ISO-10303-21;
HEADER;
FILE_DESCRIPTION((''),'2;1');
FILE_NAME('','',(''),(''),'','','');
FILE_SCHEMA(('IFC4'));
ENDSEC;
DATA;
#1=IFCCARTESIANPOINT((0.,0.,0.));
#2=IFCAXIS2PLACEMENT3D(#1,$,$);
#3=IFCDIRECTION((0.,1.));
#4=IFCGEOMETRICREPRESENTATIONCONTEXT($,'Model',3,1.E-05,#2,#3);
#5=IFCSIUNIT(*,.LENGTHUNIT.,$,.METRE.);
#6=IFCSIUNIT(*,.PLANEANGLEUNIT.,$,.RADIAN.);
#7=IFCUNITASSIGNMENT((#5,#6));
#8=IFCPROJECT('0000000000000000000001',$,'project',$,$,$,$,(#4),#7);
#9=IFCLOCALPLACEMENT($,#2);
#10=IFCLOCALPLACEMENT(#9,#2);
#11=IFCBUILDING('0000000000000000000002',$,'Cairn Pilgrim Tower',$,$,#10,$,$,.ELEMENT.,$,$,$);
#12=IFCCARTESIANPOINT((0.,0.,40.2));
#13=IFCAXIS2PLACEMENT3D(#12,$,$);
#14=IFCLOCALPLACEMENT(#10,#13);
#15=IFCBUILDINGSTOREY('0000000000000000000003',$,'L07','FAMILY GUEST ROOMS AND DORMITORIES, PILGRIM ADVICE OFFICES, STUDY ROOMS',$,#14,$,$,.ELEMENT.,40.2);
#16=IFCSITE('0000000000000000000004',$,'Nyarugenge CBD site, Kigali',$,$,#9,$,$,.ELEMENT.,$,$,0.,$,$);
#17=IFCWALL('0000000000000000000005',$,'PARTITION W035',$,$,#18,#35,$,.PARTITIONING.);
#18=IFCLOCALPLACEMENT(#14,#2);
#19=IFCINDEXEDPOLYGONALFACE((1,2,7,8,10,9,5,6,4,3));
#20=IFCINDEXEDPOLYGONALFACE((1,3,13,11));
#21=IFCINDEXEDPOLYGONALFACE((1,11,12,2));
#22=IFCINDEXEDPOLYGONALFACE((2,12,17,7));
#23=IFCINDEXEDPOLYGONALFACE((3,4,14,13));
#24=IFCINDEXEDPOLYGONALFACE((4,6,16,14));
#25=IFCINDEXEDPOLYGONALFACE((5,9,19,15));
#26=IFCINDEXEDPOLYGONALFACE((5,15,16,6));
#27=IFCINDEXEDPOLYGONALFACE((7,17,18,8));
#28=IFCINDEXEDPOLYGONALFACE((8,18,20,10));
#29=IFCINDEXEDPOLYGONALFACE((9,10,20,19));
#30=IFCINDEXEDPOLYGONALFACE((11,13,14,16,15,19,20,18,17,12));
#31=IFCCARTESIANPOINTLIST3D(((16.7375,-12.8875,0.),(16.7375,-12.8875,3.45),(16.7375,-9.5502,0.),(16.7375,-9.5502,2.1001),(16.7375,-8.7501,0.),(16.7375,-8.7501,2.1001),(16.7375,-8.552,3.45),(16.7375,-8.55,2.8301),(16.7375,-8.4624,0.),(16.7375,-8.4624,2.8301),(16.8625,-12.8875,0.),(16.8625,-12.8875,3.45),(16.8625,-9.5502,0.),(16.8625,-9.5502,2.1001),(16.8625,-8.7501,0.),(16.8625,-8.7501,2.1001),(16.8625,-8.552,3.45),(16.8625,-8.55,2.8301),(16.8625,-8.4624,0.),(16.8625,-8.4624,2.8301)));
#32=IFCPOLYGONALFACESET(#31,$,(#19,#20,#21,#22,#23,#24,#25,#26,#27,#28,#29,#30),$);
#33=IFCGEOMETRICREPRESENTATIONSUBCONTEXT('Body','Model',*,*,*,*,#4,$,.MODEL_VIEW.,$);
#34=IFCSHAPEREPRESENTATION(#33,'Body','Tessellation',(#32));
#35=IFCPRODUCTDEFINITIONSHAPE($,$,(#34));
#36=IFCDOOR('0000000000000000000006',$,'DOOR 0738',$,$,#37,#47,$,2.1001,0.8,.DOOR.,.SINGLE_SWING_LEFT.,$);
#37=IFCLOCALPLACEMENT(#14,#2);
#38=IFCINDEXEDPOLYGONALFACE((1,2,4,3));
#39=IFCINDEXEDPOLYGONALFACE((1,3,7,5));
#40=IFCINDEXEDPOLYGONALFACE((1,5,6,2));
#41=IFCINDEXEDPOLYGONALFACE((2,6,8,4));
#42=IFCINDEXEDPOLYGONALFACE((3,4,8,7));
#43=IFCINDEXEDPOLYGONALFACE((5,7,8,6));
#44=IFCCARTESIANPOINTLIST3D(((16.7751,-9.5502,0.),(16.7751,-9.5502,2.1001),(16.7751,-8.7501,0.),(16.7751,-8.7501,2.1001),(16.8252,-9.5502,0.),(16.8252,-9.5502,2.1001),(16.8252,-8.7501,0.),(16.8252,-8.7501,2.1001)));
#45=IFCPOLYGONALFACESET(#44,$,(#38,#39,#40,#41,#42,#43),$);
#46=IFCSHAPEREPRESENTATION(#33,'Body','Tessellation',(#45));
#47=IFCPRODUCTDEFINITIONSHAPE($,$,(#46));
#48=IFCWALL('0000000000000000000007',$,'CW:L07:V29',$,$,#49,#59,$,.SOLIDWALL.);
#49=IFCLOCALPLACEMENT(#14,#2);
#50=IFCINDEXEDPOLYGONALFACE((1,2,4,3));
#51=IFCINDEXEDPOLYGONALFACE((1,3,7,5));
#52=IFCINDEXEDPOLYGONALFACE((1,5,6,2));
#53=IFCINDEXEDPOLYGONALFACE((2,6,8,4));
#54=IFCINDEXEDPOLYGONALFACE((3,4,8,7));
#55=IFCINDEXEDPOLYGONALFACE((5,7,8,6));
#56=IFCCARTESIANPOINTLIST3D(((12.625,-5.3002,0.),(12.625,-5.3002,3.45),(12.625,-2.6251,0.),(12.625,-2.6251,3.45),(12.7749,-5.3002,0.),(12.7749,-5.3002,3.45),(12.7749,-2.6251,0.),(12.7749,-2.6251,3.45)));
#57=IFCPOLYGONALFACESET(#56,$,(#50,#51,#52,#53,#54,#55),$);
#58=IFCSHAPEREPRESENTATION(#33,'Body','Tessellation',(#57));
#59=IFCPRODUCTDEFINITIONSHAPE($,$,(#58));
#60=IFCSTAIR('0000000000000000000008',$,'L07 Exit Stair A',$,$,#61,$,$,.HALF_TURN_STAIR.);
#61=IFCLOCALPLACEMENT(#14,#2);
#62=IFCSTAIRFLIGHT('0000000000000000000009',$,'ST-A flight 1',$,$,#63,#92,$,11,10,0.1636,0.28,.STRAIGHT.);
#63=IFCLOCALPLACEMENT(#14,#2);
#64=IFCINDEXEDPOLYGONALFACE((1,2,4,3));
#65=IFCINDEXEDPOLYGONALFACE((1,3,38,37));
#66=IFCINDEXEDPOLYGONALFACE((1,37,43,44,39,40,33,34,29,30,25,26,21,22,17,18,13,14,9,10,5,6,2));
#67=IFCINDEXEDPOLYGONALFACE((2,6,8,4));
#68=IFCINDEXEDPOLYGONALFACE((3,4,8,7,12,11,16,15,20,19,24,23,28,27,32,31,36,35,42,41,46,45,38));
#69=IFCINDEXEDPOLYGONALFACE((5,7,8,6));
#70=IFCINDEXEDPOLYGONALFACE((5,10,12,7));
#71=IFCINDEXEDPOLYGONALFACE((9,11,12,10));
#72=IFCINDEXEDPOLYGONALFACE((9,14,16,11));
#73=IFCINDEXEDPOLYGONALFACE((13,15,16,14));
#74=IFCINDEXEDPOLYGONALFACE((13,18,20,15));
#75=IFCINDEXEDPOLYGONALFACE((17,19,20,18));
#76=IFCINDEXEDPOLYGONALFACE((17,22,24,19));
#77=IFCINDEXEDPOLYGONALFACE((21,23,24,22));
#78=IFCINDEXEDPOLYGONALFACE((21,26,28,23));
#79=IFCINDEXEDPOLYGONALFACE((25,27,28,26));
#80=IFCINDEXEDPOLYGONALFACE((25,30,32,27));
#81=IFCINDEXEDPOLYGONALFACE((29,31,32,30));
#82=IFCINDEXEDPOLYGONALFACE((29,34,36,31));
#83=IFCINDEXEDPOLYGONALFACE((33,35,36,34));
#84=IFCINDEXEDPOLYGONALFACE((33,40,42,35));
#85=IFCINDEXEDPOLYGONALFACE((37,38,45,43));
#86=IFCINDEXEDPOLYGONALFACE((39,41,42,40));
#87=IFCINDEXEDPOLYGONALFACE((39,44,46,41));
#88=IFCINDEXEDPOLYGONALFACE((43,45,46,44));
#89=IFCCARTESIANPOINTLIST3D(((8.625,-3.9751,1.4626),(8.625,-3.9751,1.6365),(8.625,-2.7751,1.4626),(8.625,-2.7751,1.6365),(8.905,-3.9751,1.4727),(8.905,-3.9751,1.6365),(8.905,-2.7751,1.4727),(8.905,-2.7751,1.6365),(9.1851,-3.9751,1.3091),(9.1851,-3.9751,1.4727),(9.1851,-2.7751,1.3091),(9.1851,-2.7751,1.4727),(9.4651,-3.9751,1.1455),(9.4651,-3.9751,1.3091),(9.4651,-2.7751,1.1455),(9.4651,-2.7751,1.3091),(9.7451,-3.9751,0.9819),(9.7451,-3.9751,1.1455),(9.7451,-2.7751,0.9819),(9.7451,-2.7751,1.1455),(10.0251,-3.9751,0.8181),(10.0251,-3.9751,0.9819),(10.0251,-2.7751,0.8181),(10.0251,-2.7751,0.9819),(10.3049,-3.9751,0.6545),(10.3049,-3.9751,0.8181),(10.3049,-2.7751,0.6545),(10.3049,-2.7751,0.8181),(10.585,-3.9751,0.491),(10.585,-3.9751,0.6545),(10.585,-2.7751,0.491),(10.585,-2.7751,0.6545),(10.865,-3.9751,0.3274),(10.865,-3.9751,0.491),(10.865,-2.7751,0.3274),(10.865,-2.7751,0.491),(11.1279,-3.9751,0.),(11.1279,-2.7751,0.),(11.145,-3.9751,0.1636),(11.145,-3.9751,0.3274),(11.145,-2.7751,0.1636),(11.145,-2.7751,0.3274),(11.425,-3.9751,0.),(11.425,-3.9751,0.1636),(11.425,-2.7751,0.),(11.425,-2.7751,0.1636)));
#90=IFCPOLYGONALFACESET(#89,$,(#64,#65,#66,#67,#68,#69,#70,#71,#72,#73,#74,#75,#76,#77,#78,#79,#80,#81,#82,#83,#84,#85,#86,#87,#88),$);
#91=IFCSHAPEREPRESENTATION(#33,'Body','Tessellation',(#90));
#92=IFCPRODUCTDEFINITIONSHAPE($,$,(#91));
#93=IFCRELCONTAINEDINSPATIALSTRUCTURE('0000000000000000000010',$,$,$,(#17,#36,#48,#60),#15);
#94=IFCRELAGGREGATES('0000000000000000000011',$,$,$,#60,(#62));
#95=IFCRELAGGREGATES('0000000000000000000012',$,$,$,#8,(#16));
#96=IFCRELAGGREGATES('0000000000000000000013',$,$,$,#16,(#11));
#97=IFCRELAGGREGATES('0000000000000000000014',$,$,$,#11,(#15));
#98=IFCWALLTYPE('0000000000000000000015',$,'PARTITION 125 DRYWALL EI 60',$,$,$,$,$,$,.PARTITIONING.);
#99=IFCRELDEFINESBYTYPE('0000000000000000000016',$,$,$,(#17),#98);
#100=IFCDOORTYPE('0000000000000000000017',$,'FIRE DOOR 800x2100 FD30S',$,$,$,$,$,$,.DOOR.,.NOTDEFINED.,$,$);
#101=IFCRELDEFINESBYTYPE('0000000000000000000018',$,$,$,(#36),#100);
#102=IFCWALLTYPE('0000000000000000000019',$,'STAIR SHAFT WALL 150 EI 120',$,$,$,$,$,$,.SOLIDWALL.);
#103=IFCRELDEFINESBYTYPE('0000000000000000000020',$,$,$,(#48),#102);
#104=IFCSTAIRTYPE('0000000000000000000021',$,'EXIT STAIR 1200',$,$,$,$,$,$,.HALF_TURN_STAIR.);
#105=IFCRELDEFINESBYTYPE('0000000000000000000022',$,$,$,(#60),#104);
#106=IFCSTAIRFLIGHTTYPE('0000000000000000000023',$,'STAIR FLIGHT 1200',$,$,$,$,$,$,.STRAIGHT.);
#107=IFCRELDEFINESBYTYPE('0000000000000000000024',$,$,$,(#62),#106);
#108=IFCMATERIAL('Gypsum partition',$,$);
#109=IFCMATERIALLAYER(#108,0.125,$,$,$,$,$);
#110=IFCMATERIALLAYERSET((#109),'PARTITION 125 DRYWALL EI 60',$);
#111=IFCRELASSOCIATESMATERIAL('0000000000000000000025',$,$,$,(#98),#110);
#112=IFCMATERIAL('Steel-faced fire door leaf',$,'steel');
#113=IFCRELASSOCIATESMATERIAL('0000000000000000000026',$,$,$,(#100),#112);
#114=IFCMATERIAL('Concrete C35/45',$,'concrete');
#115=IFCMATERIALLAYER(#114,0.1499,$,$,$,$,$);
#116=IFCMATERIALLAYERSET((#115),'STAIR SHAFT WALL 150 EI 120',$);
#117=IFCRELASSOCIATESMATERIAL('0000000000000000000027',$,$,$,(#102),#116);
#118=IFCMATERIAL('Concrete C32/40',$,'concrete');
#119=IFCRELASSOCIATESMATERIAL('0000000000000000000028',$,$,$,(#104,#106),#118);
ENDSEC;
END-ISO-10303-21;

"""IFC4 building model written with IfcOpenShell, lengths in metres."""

from ifc_helpers import new_model, si_unit, direction, frame, frame_2d, origin, place, context, subcontext, project, spatial, polyline, rectangle, outline, extrude, material, layer, layer_set, type_object, element, fill, aggregate, save


model = new_model("IFC4")

# Units and contexts
model_context = context("Model", 3, precision=1e-05, world=origin(), true_north=direction((0.0, 1.0)))
body_context = subcontext(model_context, "Body", "Model", "MODEL_VIEW")
ifc_project = project(units=[si_unit("LENGTHUNIT", "METRE"), si_unit("PLANEANGLEUNIT", "RADIAN")], contexts=[model_context])

# Site, building, storey
site_placement = place(None, origin())
site = spatial("IfcSite", under=ifc_project, at=site_placement, Name="Nyarugenge CBD site, Kigali", CompositionType="ELEMENT", RefElevation=0.0)
building_placement = place(site_placement, origin())
building = spatial("IfcBuilding", under=site, at=building_placement, Name="Cairn Pilgrim Tower", CompositionType="ELEMENT")
storey_placement = place(building_placement, frame((0.0, 0.0, 40.2)))
storey = spatial("IfcBuildingStorey", under=building, at=storey_placement, Name="L07", Description="FAMILY GUEST ROOMS AND DORMITORIES, PILGRIM ADVICE OFFICES, STUDY ROOMS", CompositionType="ELEMENT", Elevation=40.2)

# Shared definitions
ifc_material_1 = material(Name="Concrete C32/40", Category="concrete")

# Shared definitions
ifc_material_2 = material(Name="Gypsum partition")
ifc_layer_1 = layer(ifc_material_2, 0.125)
ifc_layer_set_1 = layer_set([ifc_layer_1], Name="PARTITION 125 DRYWALL EI 60")
wall_type_1 = type_object("IfcWallType", Name="PARTITION 125 DRYWALL EI 60", PredefinedType="PARTITIONING", material=ifc_layer_set_1)

# Wall, opening, door
wall_1_placement = place(storey_placement, frame((16.8, -12.8875, 0.0), z_axis=(0.0, 0.0, 1.0), x_axis=(0.0, 1.0, 0.0)))
wall_1 = element("IfcWall", 1, at=wall_1_placement, inside=storey, type_object=wall_type_1, Name="PARTITION W035", PredefinedType="PARTITIONING", context=body_context, shape_type="SweptSolid", body=[
    extrude(outline(polyline([(0.0, 0.0), (4.425, 0.0), (4.425, 2.8301), (4.3374, 2.8301), (4.3354, 3.45), (0.0, 3.45), (0.0, 0.0)])), frame((0.0, 0.0625, 0.0), z_axis=(0.0, -1.0, 0.0), x_axis=(1.0, 0.0, 0.0)), (0.0, 0.0, 1.0), 0.125),
])
opening_1_placement = place(wall_1_placement, frame((3.3374, 0.0, 0.0)))
opening_1 = element("IfcOpeningElement", 2, at=opening_1_placement, cuts=wall_1, PredefinedType="OPENING", context=body_context, shape_type="SweptSolid", body=[
    extrude(rectangle(XDim=0.8, YDim=2.1001, at=frame_2d((0.3999, 1.05))), frame((0.0, 0.0725, 0.0), z_axis=(0.0, -1.0, 0.0), x_axis=(1.0, 0.0, 0.0)), (0.0, 0.0, 1.0), 0.145),
])
ifc_material_3 = material(Name="Steel-faced fire door leaf", Category="steel")
door_type_1 = type_object("IfcDoorType", Name="FIRE DOOR 800x2100 FD30S", OperationType="NOTDEFINED", PredefinedType="DOOR", material=ifc_material_3)
door_1_placement = place(opening_1_placement, origin())
door_1 = element("IfcDoor", 3, at=door_1_placement, inside=storey, type_object=door_type_1, Name="DOOR 0738", OperationType="SINGLE_SWING_LEFT", OverallHeight=2.1001, OverallWidth=0.8, PredefinedType="DOOR", context=body_context, shape_type="SweptSolid", body=[
    extrude(rectangle(XDim=0.8, YDim=2.1001, at=frame_2d((0.3999, 1.05))), frame((0.0, 0.0249, 0.0), z_axis=(0.0, -1.0, 0.0), x_axis=(1.0, 0.0, 0.0)), (0.0, 0.0, 1.0), 0.05),
])
fill(opening_1, door_1)

# Wall
ifc_material_4 = material(Name="Concrete C35/45", Category="concrete")
ifc_layer_2 = layer(ifc_material_4, 0.1499)
ifc_layer_set_2 = layer_set([ifc_layer_2], Name="STAIR SHAFT WALL 150 EI 120")
wall_type_2 = type_object("IfcWallType", Name="STAIR SHAFT WALL 150 EI 120", PredefinedType="SOLIDWALL", material=ifc_layer_set_2)
wall_2_placement = place(storey_placement, frame((12.7, -5.3, 0.0), z_axis=(0.0, 0.0, 1.0), x_axis=(0.0, 1.0, 0.0)))
element("IfcWall", 4, at=wall_2_placement, inside=storey, type_object=wall_type_2, Name="CW:L07:V29", PredefinedType="SOLIDWALL", context=body_context, shape_type="SweptSolid", body=[
    extrude(rectangle(XDim=2.675, YDim=0.1499, at=frame_2d((1.3374, 0.0))), origin(), (0.0, 0.0, 1.0), 3.45),
])

# Stair, stair flight
stair_type = type_object("IfcStairType", Name="EXIT STAIR 1200", PredefinedType="HALF_TURN_STAIR", material=ifc_material_1)
stair_placement = place(storey_placement, origin())
stair = element("IfcStair", 5, at=stair_placement, inside=storey, type_object=stair_type, Name="L07 Exit Stair A", PredefinedType="HALF_TURN_STAIR")
stair_flight_type = type_object("IfcStairFlightType", Name="STAIR FLIGHT 1200", PredefinedType="STRAIGHT", material=ifc_material_1)
stair_flight_placement = place(storey_placement, frame((11.425, -3.375, 0.0), z_axis=(0.0, 0.0, 1.0), x_axis=(-1.0, 0.0, 0.0)))
stair_flight = element("IfcStairFlight", 6, at=stair_flight_placement, type_object=stair_flight_type, Name="ST-A flight 1", NumberOfRisers=11, NumberOfTreads=10, PredefinedType="STRAIGHT", RiserHeight=0.1636, TreadLength=0.28, context=body_context, shape_type="SweptSolid", body=[
    extrude(outline(polyline([(0.0, 0.0), (0.0, 0.1636), (0.28, 0.1636), (0.28, 0.3274), (0.5601, 0.3274), (0.5601, 0.491), (0.8401, 0.491), (0.8401, 0.6545), (1.1201, 0.6545), (1.1201, 0.8181), (1.3999, 0.8181), (1.3999, 0.9819), (1.6799, 0.9819), (1.6799, 1.1455), (1.96, 1.1455), (1.96, 1.3091), (2.24, 1.3091), (2.24, 1.4727), (2.52, 1.4727), (2.52, 1.6365), (2.8, 1.6365), (2.8, 1.8), (2.8, 1.4626), (0.2971, 0.0), (0.0, 0.0)])), frame((0.0, 0.6001, 0.0), z_axis=(0.0, -1.0, 0.0), x_axis=(1.0, 0.0, 0.0)), (0.0, 0.0, 1.0), 1.2),
])
aggregate(stair, [stair_flight])

save(model, "model.ifc")
